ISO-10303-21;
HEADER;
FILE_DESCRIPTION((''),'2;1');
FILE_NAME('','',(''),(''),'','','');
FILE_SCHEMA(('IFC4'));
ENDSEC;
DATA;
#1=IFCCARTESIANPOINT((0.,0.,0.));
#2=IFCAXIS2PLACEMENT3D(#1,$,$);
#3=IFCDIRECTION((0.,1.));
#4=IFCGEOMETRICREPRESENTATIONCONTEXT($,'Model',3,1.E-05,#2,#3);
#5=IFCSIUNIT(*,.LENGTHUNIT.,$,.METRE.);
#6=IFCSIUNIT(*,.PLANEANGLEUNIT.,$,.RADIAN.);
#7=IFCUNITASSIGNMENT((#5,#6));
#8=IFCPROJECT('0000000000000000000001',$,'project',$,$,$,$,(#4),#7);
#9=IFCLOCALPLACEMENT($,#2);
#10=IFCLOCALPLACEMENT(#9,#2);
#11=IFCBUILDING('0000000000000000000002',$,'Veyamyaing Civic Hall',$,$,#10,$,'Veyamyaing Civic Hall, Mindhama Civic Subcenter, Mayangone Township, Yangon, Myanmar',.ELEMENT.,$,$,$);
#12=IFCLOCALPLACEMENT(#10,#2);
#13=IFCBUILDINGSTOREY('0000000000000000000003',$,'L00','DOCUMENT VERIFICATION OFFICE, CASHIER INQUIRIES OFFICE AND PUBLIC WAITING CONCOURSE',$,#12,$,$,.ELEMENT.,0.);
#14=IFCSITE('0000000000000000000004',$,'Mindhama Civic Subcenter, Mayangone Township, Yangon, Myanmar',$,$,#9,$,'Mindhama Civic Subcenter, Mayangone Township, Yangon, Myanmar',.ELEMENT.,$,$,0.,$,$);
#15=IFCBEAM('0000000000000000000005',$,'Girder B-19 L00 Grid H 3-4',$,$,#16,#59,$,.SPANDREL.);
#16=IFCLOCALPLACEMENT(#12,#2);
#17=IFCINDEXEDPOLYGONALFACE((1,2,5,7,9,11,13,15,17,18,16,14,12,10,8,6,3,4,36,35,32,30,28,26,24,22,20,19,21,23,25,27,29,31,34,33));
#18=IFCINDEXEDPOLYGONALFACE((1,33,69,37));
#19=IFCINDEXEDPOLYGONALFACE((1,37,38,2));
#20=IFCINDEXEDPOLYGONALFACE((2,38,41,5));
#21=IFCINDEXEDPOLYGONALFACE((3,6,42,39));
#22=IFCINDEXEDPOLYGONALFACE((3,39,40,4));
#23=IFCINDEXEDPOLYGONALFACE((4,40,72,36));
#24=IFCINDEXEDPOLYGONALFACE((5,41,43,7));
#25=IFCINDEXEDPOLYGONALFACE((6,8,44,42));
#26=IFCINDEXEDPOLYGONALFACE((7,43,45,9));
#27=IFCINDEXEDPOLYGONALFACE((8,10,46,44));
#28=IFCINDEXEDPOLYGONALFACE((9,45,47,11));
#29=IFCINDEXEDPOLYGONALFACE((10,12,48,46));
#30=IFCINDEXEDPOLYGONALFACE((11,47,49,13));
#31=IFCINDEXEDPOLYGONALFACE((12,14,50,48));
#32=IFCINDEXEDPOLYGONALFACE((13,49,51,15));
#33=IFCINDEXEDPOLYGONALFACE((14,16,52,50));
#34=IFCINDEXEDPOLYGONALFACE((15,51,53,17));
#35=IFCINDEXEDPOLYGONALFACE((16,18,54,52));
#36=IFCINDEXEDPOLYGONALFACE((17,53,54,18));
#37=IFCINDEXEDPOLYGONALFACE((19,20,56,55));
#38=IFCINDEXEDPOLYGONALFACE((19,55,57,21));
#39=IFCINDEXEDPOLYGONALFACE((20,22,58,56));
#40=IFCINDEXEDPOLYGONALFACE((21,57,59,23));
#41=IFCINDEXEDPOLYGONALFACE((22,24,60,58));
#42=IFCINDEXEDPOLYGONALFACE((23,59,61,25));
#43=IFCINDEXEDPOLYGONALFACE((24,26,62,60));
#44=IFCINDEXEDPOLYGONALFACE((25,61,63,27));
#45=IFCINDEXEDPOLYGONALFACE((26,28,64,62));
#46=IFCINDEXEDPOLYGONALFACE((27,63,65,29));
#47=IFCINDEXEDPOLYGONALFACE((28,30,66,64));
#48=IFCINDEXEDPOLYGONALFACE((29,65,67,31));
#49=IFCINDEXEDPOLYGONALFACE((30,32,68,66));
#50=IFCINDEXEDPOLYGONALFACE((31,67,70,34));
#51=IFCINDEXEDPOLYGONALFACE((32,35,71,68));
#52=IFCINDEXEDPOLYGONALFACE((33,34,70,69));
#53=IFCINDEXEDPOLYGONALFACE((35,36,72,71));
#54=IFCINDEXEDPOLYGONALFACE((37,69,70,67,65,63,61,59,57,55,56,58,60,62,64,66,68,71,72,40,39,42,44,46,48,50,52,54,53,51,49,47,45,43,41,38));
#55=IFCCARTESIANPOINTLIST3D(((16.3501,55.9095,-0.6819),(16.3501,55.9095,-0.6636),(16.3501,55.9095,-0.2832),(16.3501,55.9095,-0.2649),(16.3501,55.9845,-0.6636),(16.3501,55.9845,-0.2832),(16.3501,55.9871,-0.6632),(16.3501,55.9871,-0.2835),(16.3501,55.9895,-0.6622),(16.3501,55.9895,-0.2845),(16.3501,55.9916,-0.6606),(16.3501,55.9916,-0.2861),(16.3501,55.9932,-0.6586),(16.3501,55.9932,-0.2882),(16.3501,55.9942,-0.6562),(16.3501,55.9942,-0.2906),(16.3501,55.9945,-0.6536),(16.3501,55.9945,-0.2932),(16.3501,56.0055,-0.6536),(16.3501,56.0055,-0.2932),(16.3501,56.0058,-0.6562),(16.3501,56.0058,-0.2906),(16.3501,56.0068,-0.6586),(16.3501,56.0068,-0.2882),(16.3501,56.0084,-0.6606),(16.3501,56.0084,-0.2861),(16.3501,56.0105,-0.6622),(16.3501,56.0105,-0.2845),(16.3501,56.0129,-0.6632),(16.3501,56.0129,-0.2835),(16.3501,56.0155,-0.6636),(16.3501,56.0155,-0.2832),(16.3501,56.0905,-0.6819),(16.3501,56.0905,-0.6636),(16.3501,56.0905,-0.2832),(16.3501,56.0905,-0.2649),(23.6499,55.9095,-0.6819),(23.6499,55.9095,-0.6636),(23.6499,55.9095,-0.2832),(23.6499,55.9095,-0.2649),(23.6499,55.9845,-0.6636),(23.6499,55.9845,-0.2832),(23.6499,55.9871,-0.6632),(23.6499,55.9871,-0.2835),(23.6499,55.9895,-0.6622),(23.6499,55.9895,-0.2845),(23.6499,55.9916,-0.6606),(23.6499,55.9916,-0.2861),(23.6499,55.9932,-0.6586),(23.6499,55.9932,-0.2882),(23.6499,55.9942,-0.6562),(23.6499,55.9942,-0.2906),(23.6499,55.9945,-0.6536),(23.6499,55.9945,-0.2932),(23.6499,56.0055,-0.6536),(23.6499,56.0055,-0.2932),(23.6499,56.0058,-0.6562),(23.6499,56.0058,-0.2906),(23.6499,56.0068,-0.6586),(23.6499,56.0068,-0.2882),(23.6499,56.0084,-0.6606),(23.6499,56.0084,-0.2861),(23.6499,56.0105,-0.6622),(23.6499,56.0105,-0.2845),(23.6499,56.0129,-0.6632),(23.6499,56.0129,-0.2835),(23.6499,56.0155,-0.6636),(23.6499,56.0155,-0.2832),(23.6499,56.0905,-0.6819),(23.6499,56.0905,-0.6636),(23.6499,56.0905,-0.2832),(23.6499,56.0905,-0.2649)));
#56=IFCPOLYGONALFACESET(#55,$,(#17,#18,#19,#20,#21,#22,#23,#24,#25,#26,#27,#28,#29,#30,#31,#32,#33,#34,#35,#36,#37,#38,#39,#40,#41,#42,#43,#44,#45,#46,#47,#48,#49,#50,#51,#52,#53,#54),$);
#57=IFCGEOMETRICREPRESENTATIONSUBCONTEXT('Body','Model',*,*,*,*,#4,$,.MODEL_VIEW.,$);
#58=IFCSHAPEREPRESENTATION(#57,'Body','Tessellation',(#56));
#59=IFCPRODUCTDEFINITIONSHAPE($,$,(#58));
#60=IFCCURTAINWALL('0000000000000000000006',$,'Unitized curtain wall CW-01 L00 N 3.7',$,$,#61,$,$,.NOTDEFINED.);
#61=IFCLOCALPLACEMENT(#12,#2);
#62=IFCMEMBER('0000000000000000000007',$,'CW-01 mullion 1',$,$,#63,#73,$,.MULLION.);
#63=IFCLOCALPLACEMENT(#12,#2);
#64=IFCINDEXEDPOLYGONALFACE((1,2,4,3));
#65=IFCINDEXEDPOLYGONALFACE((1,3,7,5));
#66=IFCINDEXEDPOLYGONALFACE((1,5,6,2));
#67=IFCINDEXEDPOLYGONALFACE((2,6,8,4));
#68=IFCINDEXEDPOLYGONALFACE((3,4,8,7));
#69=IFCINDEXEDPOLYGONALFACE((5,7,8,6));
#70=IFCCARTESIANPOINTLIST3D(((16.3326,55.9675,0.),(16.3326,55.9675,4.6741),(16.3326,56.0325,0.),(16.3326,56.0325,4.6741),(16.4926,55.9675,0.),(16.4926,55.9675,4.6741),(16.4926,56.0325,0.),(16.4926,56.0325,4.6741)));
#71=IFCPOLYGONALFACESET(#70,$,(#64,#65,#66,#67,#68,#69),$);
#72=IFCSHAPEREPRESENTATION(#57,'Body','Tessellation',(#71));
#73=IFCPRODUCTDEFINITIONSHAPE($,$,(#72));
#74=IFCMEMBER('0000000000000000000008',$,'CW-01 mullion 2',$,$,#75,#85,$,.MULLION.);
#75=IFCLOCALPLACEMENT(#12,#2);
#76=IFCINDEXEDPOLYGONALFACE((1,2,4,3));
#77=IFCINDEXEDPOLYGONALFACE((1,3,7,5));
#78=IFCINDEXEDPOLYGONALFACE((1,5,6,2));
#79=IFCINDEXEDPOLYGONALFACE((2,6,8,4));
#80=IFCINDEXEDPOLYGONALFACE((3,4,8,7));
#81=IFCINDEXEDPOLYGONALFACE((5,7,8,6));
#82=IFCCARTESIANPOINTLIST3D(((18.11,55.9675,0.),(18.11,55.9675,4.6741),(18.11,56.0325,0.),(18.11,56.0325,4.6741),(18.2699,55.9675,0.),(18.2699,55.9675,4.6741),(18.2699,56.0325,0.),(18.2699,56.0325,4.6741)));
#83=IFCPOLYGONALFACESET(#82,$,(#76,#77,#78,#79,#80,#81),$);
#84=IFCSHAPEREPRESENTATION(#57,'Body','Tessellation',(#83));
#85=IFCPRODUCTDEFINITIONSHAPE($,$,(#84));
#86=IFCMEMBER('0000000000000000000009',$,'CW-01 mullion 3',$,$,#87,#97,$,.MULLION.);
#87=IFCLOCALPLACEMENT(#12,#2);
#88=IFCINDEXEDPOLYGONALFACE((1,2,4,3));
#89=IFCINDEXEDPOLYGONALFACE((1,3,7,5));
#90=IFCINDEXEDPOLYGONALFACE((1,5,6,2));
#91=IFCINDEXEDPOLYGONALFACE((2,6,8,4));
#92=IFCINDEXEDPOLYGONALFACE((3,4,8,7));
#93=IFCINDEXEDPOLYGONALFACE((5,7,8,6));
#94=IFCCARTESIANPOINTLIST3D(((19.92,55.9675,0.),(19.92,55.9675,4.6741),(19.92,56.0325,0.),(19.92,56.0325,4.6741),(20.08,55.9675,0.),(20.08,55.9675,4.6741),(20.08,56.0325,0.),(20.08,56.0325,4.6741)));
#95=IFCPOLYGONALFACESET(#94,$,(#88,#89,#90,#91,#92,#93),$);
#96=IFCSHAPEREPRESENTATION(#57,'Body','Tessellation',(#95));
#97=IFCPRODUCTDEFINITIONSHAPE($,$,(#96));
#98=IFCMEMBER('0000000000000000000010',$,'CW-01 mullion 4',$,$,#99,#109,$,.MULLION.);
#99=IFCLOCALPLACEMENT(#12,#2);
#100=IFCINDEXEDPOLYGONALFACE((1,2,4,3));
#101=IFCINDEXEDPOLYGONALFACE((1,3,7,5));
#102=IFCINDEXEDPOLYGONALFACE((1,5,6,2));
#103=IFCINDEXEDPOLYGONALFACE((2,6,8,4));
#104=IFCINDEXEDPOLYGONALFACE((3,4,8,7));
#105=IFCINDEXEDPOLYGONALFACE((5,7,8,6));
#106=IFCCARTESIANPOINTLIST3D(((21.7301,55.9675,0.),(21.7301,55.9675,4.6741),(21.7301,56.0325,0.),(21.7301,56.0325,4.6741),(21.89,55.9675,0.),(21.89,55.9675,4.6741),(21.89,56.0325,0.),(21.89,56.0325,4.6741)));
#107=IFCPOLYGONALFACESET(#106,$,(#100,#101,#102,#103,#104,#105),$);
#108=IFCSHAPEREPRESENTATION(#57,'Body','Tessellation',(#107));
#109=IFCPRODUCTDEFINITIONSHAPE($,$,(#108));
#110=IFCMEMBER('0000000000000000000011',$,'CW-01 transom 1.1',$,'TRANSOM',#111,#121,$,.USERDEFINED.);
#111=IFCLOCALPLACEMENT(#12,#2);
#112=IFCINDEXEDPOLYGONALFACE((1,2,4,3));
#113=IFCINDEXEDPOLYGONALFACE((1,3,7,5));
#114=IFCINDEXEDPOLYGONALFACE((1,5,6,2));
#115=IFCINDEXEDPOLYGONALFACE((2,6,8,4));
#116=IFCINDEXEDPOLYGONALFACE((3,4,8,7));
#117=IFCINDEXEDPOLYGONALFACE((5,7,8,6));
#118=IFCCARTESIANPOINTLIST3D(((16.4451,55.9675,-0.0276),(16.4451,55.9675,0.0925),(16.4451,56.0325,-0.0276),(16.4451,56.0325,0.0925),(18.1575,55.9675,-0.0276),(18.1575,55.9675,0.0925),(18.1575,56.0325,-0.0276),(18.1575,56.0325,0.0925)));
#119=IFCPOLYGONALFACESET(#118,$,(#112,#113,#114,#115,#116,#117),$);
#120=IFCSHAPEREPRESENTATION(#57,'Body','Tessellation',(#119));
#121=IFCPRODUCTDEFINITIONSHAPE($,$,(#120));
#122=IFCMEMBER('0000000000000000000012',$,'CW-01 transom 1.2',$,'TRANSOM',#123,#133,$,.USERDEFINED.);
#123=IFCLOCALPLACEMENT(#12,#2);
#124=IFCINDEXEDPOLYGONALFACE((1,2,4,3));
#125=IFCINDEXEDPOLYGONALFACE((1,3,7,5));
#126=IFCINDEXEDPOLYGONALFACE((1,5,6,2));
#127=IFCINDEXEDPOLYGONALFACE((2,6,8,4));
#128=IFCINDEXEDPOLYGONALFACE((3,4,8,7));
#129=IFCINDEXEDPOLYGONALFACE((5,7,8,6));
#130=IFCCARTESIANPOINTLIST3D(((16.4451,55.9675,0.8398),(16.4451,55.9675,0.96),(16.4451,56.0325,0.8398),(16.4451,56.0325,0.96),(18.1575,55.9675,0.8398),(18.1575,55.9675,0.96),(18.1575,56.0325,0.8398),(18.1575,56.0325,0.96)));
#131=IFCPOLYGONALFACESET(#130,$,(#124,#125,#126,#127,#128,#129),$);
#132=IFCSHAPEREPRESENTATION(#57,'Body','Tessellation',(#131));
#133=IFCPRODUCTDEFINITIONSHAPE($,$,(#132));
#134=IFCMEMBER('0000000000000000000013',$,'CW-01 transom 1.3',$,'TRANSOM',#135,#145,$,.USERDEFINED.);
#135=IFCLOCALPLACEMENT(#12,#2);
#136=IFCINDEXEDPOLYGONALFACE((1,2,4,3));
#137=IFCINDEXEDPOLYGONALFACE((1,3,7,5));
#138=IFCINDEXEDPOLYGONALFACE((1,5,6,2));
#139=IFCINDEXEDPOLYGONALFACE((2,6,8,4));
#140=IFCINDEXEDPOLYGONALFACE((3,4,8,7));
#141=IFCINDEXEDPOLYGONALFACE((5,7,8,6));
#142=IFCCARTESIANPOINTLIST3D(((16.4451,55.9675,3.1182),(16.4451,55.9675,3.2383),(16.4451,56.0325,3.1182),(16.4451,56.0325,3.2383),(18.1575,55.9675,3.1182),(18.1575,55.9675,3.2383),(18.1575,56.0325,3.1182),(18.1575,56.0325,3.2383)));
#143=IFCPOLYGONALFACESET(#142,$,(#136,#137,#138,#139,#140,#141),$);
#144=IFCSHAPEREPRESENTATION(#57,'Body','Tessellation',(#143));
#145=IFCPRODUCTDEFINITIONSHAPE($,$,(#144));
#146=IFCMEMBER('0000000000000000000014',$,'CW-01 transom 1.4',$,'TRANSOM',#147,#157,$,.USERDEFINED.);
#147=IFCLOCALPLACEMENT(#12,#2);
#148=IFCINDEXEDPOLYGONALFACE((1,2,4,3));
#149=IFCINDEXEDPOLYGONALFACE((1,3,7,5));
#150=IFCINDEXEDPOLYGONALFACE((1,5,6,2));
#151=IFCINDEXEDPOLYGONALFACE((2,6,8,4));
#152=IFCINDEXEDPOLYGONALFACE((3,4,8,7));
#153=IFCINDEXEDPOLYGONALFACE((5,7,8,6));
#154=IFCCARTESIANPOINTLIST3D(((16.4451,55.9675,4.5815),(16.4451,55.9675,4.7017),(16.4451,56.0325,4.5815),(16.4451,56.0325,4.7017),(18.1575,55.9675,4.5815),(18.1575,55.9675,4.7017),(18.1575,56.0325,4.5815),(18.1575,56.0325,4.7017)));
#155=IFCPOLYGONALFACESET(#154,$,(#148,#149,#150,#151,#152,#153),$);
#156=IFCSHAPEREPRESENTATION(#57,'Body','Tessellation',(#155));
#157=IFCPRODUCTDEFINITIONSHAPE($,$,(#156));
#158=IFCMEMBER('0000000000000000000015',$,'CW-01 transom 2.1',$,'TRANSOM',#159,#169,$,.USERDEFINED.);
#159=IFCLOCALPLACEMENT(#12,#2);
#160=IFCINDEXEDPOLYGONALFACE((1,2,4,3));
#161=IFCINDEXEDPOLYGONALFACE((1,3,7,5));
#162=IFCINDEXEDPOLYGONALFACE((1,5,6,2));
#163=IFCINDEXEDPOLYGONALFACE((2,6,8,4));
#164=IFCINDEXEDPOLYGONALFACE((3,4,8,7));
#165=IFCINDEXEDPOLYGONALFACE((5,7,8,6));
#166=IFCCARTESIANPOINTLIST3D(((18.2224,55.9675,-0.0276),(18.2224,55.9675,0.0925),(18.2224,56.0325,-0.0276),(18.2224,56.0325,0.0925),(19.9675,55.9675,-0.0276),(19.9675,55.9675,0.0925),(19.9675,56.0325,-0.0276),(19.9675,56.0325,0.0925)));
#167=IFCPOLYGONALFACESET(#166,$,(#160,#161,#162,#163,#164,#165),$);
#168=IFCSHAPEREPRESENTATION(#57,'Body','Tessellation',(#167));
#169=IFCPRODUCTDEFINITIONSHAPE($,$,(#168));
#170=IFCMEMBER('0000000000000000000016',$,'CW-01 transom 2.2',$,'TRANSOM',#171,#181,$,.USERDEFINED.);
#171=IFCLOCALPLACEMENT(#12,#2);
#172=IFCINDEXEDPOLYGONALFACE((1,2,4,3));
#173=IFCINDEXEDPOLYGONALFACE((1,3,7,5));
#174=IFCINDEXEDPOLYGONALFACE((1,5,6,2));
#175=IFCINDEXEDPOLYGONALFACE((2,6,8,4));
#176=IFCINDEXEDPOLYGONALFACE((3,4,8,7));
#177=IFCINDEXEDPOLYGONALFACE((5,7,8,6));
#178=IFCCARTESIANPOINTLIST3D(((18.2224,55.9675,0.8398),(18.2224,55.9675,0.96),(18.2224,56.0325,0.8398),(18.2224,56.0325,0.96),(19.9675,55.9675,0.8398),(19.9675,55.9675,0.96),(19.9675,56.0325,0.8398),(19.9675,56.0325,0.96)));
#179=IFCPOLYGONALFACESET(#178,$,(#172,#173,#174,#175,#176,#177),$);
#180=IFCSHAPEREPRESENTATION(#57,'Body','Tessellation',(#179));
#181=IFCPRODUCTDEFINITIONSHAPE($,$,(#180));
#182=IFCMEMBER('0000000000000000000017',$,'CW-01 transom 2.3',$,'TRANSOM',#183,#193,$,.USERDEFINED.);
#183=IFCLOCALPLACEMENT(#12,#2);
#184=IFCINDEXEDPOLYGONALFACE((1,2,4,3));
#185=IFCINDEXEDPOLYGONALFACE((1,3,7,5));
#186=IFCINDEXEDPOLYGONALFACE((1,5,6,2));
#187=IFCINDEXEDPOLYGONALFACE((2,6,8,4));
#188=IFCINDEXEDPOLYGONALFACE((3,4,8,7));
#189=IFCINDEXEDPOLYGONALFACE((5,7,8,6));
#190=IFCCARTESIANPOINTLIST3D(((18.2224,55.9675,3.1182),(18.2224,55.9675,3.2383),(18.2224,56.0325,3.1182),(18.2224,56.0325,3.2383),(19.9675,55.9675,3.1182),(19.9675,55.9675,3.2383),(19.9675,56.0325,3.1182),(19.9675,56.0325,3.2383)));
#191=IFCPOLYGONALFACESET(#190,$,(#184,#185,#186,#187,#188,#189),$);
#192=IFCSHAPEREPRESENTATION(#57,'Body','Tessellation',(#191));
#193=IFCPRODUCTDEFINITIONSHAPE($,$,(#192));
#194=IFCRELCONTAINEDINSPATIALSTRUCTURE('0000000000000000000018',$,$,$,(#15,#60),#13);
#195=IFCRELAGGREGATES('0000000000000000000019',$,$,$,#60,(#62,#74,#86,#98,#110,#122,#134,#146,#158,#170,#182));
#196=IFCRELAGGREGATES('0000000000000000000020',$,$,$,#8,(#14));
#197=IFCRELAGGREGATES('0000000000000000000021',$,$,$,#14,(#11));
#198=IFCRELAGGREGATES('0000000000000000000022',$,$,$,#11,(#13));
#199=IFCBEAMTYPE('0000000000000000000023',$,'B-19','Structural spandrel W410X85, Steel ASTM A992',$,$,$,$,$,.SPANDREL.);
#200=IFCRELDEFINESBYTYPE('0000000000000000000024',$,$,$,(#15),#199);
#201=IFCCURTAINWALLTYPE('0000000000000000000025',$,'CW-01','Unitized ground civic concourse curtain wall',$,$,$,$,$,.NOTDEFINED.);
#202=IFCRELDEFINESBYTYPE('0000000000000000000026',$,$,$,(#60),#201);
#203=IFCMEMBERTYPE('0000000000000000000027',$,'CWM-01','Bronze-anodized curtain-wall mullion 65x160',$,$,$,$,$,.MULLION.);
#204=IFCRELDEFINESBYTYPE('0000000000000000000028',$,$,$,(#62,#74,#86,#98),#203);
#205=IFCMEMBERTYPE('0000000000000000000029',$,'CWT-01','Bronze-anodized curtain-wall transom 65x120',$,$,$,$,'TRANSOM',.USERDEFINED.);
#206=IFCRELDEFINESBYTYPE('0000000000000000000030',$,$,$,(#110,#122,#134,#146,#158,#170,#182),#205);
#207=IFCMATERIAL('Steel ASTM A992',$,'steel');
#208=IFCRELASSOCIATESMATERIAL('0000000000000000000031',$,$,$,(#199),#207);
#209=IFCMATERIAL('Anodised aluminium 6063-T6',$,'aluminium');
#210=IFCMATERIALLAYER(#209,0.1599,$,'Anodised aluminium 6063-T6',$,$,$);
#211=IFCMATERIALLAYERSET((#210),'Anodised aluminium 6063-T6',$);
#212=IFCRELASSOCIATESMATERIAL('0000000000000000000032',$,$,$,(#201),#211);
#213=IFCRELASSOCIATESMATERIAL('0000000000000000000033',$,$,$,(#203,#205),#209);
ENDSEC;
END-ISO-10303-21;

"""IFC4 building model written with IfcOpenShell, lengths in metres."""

from ifc_helpers import new_model, si_unit, direction, frame, origin, origin_2d, place, context, subcontext, project, spatial, rectangle, i_section, extrude, material, layer, layer_set, material_profile, profile_set, type_object, element, aggregate, save


model = new_model("IFC4")

# Units and contexts
model_context = context("Model", 3, precision=1e-05, world=origin(), true_north=direction((0.0, 1.0)))
body_context = subcontext(model_context, "Body", "Model", "MODEL_VIEW")
ifc_project = project(units=[si_unit("LENGTHUNIT", "METRE"), si_unit("PLANEANGLEUNIT", "RADIAN")], contexts=[model_context])

# Site, building, storey
site_placement = place(None, origin())
site = spatial("IfcSite", under=ifc_project, at=site_placement, Name="Mindhama Civic Subcenter, Mayangone Township, Yangon, Myanmar", LongName="Mindhama Civic Subcenter, Mayangone Township, Yangon, Myanmar", CompositionType="ELEMENT", RefElevation=0.0)
building_placement = place(site_placement, origin())
building = spatial("IfcBuilding", under=site, at=building_placement, Name="Veyamyaing Civic Hall", LongName="Veyamyaing Civic Hall, Mindhama Civic Subcenter, Mayangone Township, Yangon, Myanmar", CompositionType="ELEMENT")
storey_placement = place(building_placement, origin())
storey = spatial("IfcBuildingStorey", under=building, at=storey_placement, Name="L00", Description="DOCUMENT VERIFICATION OFFICE, CASHIER INQUIRIES OFFICE AND PUBLIC WAITING CONCOURSE", CompositionType="ELEMENT", Elevation=0.0)

# Beam
ifc_material_1 = material(Name="Steel ASTM A992", Category="steel")
ifc_material_profile_1 = material_profile(ifc_material_1, i_section(OverallWidth=0.1809, OverallDepth=0.417, WebThickness=0.011, FlangeThickness=0.0183, FilletRadius=0.01, at=origin_2d()), Name="W410X85")
ifc_profile_set_1 = profile_set([ifc_material_profile_1], Name="Steel ASTM A992")
beam_type = type_object("IfcBeamType", Name="B-19", Description="Structural spandrel W410X85, Steel ASTM A992", PredefinedType="SPANDREL", material=ifc_profile_set_1)
beam_placement = place(storey_placement, frame((16.3501, 56.0, -0.4734), z_axis=(1.0, 0.0, 0.0), x_axis=(0.0, 1.0, 0.0)))
element("IfcBeam", 1, at=beam_placement, inside=storey, type_object=beam_type, Name="Girder B-19 L00 Grid H 3-4", PredefinedType="SPANDREL", context=body_context, shape_type="SweptSolid", body=[
    extrude(i_section(OverallWidth=0.1809, OverallDepth=0.417, WebThickness=0.011, FlangeThickness=0.0183, FilletRadius=0.01, at=origin_2d()), origin(), (0.0, 0.0, 1.0), 7.2998),
])

# Curtain wall, members
ifc_material_2 = material(Name="Anodised aluminium 6063-T6", Category="aluminium")
ifc_layer_1 = layer(ifc_material_2, 0.1599, Name="Anodised aluminium 6063-T6")
ifc_layer_set_1 = layer_set([ifc_layer_1], Name="Anodised aluminium 6063-T6")
curtain_wall_type = type_object("IfcCurtainWallType", Name="CW-01", Description="Unitized ground civic concourse curtain wall", PredefinedType="NOTDEFINED", material=ifc_layer_set_1)
curtain_wall_placement = place(storey_placement, origin())
curtain_wall = element("IfcCurtainWall", 2, at=curtain_wall_placement, inside=storey, type_object=curtain_wall_type, Name="Unitized curtain wall CW-01 L00 N 3.7", PredefinedType="NOTDEFINED")
ifc_material_profile_2 = material_profile(ifc_material_2, rectangle(XDim=0.0649, YDim=0.1599, at=origin_2d()), Name="ALU-MUL-65X160")
ifc_profile_set_2 = profile_set([ifc_material_profile_2], Name="Anodised aluminium 6063-T6")
member_type_1 = type_object("IfcMemberType", Name="CWM-01", Description="Bronze-anodized curtain-wall mullion 65x160", PredefinedType="MULLION", material=ifc_profile_set_2)
member_1_placement = place(storey_placement, frame((16.4126, 56.0, 0.0), z_axis=(0.0, 0.0, 1.0), x_axis=(0.0, 1.0, 0.0)))
member_1 = element("IfcMember", 3, at=member_1_placement, type_object=member_type_1, Name="CW-01 mullion 1", PredefinedType="MULLION", context=body_context, shape_type="SweptSolid", body=[
    extrude(rectangle(XDim=0.0649, YDim=0.1599, at=origin_2d()), origin(), (0.0, 0.0, 1.0), 4.6741),
])
member_2_placement = place(storey_placement, frame((18.1899, 56.0, 0.0), z_axis=(0.0, 0.0, 1.0), x_axis=(0.0, 1.0, 0.0)))
member_2 = element("IfcMember", 4, at=member_2_placement, type_object=member_type_1, Name="CW-01 mullion 2", PredefinedType="MULLION", context=body_context, shape_type="SweptSolid", body=[
    extrude(rectangle(XDim=0.0649, YDim=0.1599, at=origin_2d()), origin(), (0.0, 0.0, 1.0), 4.6741),
])
member_3_placement = place(storey_placement, frame((20.0, 56.0, 0.0), z_axis=(0.0, 0.0, 1.0), x_axis=(0.0, 1.0, 0.0)))
member_3 = element("IfcMember", 5, at=member_3_placement, type_object=member_type_1, Name="CW-01 mullion 3", PredefinedType="MULLION", context=body_context, shape_type="SweptSolid", body=[
    extrude(rectangle(XDim=0.0649, YDim=0.1599, at=origin_2d()), origin(), (0.0, 0.0, 1.0), 4.6741),
])
member_4_placement = place(storey_placement, frame((21.8101, 56.0, 0.0), z_axis=(0.0, 0.0, 1.0), x_axis=(0.0, 1.0, 0.0)))
member_4 = element("IfcMember", 6, at=member_4_placement, type_object=member_type_1, Name="CW-01 mullion 4", PredefinedType="MULLION", context=body_context, shape_type="SweptSolid", body=[
    extrude(rectangle(XDim=0.0649, YDim=0.1599, at=origin_2d()), origin(), (0.0, 0.0, 1.0), 4.6741),
])
ifc_material_profile_3 = material_profile(ifc_material_2, rectangle(XDim=0.0649, YDim=0.1201, at=origin_2d()), Name="ALU-TRN-65X120")
ifc_profile_set_3 = profile_set([ifc_material_profile_3], Name="Anodised aluminium 6063-T6")
member_type_2 = type_object("IfcMemberType", Name="CWT-01", Description="Bronze-anodized curtain-wall transom 65x120", ElementType="TRANSOM", PredefinedType="USERDEFINED", material=ifc_profile_set_3)
member_5_placement = place(storey_placement, frame((16.4451, 56.0, 0.0325), z_axis=(1.0, 0.0, 0.0), x_axis=(0.0, 1.0, 0.0)))
member_5 = element("IfcMember", 7, at=member_5_placement, type_object=member_type_2, Name="CW-01 transom 1.1", ObjectType="TRANSOM", PredefinedType="USERDEFINED", context=body_context, shape_type="SweptSolid", body=[
    extrude(rectangle(XDim=0.0649, YDim=0.1201, at=origin_2d()), origin(), (0.0, 0.0, 1.0), 1.7124),
])
member_6_placement = place(storey_placement, frame((16.4451, 56.0, 0.8999), z_axis=(1.0, 0.0, 0.0), x_axis=(0.0, 1.0, 0.0)))
member_6 = element("IfcMember", 8, at=member_6_placement, type_object=member_type_2, Name="CW-01 transom 1.2", ObjectType="TRANSOM", PredefinedType="USERDEFINED", context=body_context, shape_type="SweptSolid", body=[
    extrude(rectangle(XDim=0.0649, YDim=0.1201, at=origin_2d()), origin(), (0.0, 0.0, 1.0), 1.7124),
])
member_7_placement = place(storey_placement, frame((16.4451, 56.0, 3.1782), z_axis=(1.0, 0.0, 0.0), x_axis=(0.0, 1.0, 0.0)))
member_7 = element("IfcMember", 9, at=member_7_placement, type_object=member_type_2, Name="CW-01 transom 1.3", ObjectType="TRANSOM", PredefinedType="USERDEFINED", context=body_context, shape_type="SweptSolid", body=[
    extrude(rectangle(XDim=0.0649, YDim=0.1201, at=origin_2d()), origin(), (0.0, 0.0, 1.0), 1.7124),
])
member_8_placement = place(storey_placement, frame((16.4451, 56.0, 4.6416), z_axis=(1.0, 0.0, 0.0), x_axis=(0.0, 1.0, 0.0)))
member_8 = element("IfcMember", 10, at=member_8_placement, type_object=member_type_2, Name="CW-01 transom 1.4", ObjectType="TRANSOM", PredefinedType="USERDEFINED", context=body_context, shape_type="SweptSolid", body=[
    extrude(rectangle(XDim=0.0649, YDim=0.1201, at=origin_2d()), origin(), (0.0, 0.0, 1.0), 1.7124),
])
member_9_placement = place(storey_placement, frame((18.2224, 56.0, 0.0325), z_axis=(1.0, 0.0, 0.0), x_axis=(0.0, 1.0, 0.0)))
member_9 = element("IfcMember", 11, at=member_9_placement, type_object=member_type_2, Name="CW-01 transom 2.1", ObjectType="TRANSOM", PredefinedType="USERDEFINED", context=body_context, shape_type="SweptSolid", body=[
    extrude(rectangle(XDim=0.0649, YDim=0.1201, at=origin_2d()), origin(), (0.0, 0.0, 1.0), 1.7451),
])
member_10_placement = place(storey_placement, frame((18.2224, 56.0, 0.8999), z_axis=(1.0, 0.0, 0.0), x_axis=(0.0, 1.0, 0.0)))
member_10 = element("IfcMember", 12, at=member_10_placement, type_object=member_type_2, Name="CW-01 transom 2.2", ObjectType="TRANSOM", PredefinedType="USERDEFINED", context=body_context, shape_type="SweptSolid", body=[
    extrude(rectangle(XDim=0.0649, YDim=0.1201, at=origin_2d()), origin(), (0.0, 0.0, 1.0), 1.7451),
])
member_11_placement = place(storey_placement, frame((18.2224, 56.0, 3.1782), z_axis=(1.0, 0.0, 0.0), x_axis=(0.0, 1.0, 0.0)))
member_11 = element("IfcMember", 13, at=member_11_placement, type_object=member_type_2, Name="CW-01 transom 2.3", ObjectType="TRANSOM", PredefinedType="USERDEFINED", context=body_context, shape_type="SweptSolid", body=[
    extrude(rectangle(XDim=0.0649, YDim=0.1201, at=origin_2d()), origin(), (0.0, 0.0, 1.0), 1.7451),
])
aggregate(curtain_wall, [member_1, member_2, member_3, member_4, member_5, member_6, member_7, member_8, member_9, member_10, member_11])

save(model, "model.ifc")
